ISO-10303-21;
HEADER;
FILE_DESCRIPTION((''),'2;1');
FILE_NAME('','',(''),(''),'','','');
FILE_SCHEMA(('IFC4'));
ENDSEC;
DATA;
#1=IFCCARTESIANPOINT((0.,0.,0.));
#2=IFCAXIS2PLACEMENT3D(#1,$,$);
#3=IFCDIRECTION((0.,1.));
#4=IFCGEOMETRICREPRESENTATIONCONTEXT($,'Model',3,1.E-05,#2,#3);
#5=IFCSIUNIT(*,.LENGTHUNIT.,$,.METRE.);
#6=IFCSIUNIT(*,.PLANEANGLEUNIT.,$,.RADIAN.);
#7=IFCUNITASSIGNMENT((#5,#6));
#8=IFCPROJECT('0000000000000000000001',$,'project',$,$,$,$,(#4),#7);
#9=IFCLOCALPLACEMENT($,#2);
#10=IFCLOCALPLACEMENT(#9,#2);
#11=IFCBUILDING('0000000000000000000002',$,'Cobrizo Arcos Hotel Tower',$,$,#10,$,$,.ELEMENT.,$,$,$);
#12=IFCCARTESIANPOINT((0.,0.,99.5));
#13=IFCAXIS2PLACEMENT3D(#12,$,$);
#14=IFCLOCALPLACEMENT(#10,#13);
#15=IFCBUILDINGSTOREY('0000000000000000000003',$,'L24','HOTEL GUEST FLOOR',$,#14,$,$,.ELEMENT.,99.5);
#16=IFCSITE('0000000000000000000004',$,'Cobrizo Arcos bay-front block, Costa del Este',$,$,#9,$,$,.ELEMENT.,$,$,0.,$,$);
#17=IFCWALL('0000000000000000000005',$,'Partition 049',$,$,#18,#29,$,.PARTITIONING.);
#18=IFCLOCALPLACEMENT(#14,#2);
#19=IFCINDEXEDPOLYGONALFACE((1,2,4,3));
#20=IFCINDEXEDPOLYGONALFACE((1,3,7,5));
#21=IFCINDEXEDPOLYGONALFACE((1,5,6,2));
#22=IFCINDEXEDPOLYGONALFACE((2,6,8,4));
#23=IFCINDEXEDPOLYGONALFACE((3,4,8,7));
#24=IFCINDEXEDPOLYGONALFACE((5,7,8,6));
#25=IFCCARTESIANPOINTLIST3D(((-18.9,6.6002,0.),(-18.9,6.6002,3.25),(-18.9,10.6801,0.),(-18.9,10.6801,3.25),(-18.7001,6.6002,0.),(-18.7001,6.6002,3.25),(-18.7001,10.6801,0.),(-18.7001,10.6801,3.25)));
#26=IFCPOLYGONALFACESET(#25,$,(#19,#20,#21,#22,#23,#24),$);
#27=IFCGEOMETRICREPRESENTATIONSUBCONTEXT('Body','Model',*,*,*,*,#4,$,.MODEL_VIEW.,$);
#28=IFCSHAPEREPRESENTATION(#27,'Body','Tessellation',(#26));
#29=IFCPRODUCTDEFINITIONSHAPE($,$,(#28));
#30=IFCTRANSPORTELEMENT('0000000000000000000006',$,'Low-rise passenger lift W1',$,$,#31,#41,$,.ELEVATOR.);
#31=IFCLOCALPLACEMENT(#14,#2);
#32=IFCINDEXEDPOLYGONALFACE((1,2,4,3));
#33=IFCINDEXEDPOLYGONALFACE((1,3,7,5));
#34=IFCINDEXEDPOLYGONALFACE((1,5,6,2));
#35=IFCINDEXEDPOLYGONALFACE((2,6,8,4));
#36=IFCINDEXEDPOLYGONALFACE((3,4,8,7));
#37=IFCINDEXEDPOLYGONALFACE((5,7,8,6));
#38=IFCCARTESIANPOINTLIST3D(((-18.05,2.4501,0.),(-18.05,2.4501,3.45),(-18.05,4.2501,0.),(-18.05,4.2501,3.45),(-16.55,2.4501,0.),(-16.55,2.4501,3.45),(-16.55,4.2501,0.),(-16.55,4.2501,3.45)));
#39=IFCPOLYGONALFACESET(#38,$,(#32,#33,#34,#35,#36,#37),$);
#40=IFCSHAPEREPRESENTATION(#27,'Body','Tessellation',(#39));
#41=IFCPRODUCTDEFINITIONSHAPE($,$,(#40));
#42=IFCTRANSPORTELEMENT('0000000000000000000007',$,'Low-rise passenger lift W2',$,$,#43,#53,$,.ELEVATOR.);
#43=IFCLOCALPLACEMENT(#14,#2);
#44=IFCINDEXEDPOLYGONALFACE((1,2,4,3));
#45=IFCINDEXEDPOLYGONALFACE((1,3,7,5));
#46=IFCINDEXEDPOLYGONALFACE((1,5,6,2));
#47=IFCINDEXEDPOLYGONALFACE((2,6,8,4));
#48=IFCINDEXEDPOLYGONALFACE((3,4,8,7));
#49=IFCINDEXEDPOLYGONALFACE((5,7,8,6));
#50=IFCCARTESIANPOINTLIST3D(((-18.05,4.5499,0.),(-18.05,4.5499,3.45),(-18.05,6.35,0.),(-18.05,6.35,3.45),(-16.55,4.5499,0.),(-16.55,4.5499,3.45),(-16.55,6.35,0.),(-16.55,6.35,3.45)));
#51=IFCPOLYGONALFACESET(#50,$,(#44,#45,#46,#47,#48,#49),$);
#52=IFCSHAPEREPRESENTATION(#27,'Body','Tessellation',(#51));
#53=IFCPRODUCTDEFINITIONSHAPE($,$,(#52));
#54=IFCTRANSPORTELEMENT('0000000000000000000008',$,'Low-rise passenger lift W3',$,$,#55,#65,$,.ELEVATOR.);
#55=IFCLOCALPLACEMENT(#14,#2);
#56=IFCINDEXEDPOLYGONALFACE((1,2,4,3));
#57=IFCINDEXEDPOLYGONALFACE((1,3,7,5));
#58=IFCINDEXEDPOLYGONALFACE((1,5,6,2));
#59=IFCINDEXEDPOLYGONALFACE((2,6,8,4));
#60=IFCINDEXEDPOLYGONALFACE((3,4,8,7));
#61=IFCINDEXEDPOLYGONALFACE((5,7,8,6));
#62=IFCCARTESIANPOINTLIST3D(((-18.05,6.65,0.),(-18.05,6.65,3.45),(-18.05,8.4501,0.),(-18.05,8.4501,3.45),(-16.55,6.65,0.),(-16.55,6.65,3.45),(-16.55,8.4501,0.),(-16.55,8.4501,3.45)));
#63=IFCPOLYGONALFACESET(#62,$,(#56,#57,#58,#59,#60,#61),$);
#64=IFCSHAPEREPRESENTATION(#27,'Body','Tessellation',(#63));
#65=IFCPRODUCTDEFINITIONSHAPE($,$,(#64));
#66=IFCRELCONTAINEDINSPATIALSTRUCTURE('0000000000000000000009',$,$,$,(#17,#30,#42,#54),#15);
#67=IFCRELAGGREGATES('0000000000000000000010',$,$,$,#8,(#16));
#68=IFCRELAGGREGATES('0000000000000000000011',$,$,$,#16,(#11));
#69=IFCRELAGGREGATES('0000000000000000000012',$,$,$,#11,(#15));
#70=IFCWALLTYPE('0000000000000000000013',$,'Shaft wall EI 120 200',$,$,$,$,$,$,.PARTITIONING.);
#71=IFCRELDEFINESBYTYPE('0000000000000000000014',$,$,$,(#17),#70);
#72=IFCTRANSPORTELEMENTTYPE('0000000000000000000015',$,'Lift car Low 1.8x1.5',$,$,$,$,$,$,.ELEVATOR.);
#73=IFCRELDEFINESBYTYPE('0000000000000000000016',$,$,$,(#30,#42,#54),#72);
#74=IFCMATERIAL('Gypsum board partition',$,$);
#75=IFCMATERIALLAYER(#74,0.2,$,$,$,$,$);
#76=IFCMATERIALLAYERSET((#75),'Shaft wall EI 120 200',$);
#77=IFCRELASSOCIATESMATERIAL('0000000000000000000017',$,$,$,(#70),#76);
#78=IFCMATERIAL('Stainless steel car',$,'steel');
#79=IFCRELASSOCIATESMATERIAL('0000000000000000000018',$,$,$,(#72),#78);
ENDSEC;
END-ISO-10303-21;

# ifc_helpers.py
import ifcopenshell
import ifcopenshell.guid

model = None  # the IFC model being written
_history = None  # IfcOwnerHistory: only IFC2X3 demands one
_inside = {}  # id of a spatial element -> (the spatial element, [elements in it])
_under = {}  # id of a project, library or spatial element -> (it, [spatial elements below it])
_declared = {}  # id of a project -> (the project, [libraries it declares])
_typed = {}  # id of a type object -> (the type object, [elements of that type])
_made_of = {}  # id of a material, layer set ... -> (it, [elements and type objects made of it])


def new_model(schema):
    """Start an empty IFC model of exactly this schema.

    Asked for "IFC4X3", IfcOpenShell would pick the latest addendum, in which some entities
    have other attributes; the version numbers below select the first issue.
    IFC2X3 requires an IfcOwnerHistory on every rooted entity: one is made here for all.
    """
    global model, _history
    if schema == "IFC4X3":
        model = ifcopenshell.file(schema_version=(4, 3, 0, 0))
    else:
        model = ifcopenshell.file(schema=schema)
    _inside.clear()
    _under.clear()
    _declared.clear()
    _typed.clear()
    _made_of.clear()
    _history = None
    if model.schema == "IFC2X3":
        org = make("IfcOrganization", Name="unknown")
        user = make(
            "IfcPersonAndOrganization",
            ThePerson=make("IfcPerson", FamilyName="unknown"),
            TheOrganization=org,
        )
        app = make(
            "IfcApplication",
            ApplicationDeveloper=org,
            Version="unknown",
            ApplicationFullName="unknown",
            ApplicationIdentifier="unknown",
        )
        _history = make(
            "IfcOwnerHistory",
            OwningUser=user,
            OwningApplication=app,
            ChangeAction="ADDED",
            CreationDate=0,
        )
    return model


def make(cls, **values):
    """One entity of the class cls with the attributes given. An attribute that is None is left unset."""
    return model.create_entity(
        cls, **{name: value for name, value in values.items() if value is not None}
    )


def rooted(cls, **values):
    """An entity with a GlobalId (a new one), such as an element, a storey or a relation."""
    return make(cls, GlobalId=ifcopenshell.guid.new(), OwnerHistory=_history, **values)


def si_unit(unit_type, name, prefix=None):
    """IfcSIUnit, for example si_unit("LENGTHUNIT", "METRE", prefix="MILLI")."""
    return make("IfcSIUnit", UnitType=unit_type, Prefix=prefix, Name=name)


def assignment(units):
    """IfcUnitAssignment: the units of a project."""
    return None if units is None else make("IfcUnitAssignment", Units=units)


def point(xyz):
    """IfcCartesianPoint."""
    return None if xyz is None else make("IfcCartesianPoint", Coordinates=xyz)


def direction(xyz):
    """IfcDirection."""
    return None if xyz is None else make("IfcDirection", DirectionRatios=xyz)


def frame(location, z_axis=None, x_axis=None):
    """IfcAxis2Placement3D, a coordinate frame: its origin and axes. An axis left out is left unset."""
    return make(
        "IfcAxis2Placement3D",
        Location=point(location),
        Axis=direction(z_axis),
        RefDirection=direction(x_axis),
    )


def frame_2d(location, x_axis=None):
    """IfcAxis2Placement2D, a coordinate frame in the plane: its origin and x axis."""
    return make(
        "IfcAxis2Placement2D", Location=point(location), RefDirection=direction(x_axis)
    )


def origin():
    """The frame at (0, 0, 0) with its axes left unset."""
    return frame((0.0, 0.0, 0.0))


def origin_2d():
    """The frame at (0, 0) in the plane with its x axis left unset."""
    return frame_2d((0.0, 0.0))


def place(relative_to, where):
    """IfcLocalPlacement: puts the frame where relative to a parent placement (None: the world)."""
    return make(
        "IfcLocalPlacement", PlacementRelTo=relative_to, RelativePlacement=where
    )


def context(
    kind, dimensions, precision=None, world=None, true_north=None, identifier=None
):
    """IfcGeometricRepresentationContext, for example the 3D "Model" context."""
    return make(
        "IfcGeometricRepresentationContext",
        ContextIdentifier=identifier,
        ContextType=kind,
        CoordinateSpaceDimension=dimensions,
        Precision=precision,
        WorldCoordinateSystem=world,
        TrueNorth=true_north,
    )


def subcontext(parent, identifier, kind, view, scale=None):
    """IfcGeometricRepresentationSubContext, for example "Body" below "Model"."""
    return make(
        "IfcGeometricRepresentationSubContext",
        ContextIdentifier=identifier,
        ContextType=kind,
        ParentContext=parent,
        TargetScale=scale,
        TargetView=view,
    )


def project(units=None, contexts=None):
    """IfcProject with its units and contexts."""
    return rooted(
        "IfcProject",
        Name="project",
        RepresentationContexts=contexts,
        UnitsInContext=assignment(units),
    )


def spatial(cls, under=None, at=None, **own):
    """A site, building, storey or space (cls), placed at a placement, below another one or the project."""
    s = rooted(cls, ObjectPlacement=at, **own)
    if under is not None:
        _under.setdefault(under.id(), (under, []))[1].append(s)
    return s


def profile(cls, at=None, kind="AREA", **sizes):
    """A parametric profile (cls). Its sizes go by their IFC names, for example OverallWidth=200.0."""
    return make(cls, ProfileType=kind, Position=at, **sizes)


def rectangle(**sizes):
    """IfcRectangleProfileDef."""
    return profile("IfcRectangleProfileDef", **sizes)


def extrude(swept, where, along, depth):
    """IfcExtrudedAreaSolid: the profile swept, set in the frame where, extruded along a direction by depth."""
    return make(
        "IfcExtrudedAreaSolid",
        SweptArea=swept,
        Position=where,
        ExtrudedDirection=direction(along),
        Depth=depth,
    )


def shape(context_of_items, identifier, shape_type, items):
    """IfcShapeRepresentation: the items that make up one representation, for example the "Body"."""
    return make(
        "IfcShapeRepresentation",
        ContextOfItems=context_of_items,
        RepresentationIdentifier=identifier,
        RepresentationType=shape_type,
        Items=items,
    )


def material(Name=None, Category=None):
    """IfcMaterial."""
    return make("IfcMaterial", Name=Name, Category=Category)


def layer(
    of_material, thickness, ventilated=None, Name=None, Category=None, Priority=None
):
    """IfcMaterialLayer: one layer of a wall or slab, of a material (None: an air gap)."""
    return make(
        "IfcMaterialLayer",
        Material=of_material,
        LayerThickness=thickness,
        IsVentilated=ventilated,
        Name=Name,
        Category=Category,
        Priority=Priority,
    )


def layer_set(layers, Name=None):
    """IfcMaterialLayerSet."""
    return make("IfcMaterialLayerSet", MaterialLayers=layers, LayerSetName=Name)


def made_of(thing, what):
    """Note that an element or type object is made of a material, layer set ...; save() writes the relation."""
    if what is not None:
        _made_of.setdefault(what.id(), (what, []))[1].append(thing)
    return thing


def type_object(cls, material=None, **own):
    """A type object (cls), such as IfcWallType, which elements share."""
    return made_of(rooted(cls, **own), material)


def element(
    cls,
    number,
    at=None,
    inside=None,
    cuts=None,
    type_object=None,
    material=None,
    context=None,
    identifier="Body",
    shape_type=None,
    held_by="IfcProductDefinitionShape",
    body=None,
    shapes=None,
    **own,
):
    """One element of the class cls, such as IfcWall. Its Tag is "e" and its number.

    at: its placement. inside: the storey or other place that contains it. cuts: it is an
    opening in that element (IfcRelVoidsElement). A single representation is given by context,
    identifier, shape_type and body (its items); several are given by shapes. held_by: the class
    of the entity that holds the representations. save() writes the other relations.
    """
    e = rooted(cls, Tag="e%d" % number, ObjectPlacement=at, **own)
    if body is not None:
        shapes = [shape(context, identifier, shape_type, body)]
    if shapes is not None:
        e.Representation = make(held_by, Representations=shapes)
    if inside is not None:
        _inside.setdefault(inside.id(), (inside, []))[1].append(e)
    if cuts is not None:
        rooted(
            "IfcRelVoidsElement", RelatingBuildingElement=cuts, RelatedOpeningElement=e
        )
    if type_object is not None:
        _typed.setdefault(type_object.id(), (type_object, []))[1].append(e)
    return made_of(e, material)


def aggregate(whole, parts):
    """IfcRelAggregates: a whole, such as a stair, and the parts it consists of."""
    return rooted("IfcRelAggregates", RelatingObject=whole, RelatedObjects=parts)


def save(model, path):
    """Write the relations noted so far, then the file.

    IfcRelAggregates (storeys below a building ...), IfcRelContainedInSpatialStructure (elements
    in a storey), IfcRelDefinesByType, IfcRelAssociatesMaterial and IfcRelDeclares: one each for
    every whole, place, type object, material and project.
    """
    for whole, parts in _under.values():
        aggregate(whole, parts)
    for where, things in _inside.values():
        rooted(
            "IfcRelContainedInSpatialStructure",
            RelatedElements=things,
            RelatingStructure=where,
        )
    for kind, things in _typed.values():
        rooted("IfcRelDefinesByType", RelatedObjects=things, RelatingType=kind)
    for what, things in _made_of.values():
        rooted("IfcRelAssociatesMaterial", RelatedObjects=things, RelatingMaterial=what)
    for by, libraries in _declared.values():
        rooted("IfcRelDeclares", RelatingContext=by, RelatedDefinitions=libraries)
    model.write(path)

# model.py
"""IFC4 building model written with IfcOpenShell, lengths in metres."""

from ifc_helpers import new_model, si_unit, direction, frame, frame_2d, origin, origin_2d, place, context, subcontext, project, spatial, rectangle, extrude, material, layer, layer_set, type_object, element, save


model = new_model("IFC4")

# Units and contexts
model_context = context("Model", 3, precision=1e-05, world=origin(), true_north=direction((0.0, 1.0)))
body_context = subcontext(model_context, "Body", "Model", "MODEL_VIEW")
ifc_project = project(units=[si_unit("LENGTHUNIT", "METRE"), si_unit("PLANEANGLEUNIT", "RADIAN")], contexts=[model_context])

# Site, building, storey
site_placement = place(None, origin())
site = spatial("IfcSite", under=ifc_project, at=site_placement, Name="Cobrizo Arcos bay-front block, Costa del Este", CompositionType="ELEMENT", RefElevation=0.0)
building_placement = place(site_placement, origin())
building = spatial("IfcBuilding", under=site, at=building_placement, Name="Cobrizo Arcos Hotel Tower", CompositionType="ELEMENT")
storey_placement = place(building_placement, frame((0.0, 0.0, 99.5)))
storey = spatial("IfcBuildingStorey", under=building, at=storey_placement, Name="L24", Description="HOTEL GUEST FLOOR", CompositionType="ELEMENT", Elevation=99.5)

# Shared definitions
ifc_material_1 = material(Name="Gypsum board partition")

# Shared definitions
ifc_layer_1 = layer(ifc_material_1, 0.2)
ifc_layer_set_1 = layer_set([ifc_layer_1], Name="Shaft wall EI 120 200")
wall_type_1 = type_object("IfcWallType", Name="Shaft wall EI 120 200", PredefinedType="PARTITIONING", material=ifc_layer_set_1)

# Wall
wall_1_placement = place(storey_placement, frame((-18.8, 6.6001, 0.0), z_axis=(0.0, 0.0, 1.0), x_axis=(0.0, 1.0, 0.0)))
element("IfcWall", 1, at=wall_1_placement, inside=storey, type_object=wall_type_1, Name="Partition 049", PredefinedType="PARTITIONING", context=body_context, shape_type="SweptSolid", body=[
    extrude(rectangle(XDim=4.0798, YDim=0.2, at=frame_2d((2.04, 0.0))), origin(), (0.0, 0.0, 1.0), 3.25),
])

# Transport elements
ifc_material_2 = material(Name="Stainless steel car", Category="steel")
transport_element_type = type_object("IfcTransportElementType", Name="Lift car Low 1.8x1.5", PredefinedType="ELEVATOR", material=ifc_material_2)
for number, where, z_axis, x_axis, name in (
    (2, (-17.3, 3.3501, 0.0), (0.0, 0.0, 1.0), (1.0, 0.0, 0.0), "Low-rise passenger lift W1"),
    (3, (-17.3, 5.45, 0.0), (0.0, 0.0, 1.0), (1.0, 0.0, 0.0), "Low-rise passenger lift W2"),
    (4, (-17.3, 7.55, 0.0), (0.0, 0.0, 1.0), (1.0, 0.0, 0.0), "Low-rise passenger lift W3"),
):
    element("IfcTransportElement", number, at=place(storey_placement, frame(where, z_axis=z_axis, x_axis=x_axis)), inside=storey, type_object=transport_element_type, Name=name, PredefinedType="ELEVATOR", context=body_context, shape_type="SweptSolid", body=[
        extrude(rectangle(XDim=1.5, YDim=1.8, at=origin_2d()), origin(), (0.0, 0.0, 1.0), 3.45),
    ])

save(model, "model.ifc")
